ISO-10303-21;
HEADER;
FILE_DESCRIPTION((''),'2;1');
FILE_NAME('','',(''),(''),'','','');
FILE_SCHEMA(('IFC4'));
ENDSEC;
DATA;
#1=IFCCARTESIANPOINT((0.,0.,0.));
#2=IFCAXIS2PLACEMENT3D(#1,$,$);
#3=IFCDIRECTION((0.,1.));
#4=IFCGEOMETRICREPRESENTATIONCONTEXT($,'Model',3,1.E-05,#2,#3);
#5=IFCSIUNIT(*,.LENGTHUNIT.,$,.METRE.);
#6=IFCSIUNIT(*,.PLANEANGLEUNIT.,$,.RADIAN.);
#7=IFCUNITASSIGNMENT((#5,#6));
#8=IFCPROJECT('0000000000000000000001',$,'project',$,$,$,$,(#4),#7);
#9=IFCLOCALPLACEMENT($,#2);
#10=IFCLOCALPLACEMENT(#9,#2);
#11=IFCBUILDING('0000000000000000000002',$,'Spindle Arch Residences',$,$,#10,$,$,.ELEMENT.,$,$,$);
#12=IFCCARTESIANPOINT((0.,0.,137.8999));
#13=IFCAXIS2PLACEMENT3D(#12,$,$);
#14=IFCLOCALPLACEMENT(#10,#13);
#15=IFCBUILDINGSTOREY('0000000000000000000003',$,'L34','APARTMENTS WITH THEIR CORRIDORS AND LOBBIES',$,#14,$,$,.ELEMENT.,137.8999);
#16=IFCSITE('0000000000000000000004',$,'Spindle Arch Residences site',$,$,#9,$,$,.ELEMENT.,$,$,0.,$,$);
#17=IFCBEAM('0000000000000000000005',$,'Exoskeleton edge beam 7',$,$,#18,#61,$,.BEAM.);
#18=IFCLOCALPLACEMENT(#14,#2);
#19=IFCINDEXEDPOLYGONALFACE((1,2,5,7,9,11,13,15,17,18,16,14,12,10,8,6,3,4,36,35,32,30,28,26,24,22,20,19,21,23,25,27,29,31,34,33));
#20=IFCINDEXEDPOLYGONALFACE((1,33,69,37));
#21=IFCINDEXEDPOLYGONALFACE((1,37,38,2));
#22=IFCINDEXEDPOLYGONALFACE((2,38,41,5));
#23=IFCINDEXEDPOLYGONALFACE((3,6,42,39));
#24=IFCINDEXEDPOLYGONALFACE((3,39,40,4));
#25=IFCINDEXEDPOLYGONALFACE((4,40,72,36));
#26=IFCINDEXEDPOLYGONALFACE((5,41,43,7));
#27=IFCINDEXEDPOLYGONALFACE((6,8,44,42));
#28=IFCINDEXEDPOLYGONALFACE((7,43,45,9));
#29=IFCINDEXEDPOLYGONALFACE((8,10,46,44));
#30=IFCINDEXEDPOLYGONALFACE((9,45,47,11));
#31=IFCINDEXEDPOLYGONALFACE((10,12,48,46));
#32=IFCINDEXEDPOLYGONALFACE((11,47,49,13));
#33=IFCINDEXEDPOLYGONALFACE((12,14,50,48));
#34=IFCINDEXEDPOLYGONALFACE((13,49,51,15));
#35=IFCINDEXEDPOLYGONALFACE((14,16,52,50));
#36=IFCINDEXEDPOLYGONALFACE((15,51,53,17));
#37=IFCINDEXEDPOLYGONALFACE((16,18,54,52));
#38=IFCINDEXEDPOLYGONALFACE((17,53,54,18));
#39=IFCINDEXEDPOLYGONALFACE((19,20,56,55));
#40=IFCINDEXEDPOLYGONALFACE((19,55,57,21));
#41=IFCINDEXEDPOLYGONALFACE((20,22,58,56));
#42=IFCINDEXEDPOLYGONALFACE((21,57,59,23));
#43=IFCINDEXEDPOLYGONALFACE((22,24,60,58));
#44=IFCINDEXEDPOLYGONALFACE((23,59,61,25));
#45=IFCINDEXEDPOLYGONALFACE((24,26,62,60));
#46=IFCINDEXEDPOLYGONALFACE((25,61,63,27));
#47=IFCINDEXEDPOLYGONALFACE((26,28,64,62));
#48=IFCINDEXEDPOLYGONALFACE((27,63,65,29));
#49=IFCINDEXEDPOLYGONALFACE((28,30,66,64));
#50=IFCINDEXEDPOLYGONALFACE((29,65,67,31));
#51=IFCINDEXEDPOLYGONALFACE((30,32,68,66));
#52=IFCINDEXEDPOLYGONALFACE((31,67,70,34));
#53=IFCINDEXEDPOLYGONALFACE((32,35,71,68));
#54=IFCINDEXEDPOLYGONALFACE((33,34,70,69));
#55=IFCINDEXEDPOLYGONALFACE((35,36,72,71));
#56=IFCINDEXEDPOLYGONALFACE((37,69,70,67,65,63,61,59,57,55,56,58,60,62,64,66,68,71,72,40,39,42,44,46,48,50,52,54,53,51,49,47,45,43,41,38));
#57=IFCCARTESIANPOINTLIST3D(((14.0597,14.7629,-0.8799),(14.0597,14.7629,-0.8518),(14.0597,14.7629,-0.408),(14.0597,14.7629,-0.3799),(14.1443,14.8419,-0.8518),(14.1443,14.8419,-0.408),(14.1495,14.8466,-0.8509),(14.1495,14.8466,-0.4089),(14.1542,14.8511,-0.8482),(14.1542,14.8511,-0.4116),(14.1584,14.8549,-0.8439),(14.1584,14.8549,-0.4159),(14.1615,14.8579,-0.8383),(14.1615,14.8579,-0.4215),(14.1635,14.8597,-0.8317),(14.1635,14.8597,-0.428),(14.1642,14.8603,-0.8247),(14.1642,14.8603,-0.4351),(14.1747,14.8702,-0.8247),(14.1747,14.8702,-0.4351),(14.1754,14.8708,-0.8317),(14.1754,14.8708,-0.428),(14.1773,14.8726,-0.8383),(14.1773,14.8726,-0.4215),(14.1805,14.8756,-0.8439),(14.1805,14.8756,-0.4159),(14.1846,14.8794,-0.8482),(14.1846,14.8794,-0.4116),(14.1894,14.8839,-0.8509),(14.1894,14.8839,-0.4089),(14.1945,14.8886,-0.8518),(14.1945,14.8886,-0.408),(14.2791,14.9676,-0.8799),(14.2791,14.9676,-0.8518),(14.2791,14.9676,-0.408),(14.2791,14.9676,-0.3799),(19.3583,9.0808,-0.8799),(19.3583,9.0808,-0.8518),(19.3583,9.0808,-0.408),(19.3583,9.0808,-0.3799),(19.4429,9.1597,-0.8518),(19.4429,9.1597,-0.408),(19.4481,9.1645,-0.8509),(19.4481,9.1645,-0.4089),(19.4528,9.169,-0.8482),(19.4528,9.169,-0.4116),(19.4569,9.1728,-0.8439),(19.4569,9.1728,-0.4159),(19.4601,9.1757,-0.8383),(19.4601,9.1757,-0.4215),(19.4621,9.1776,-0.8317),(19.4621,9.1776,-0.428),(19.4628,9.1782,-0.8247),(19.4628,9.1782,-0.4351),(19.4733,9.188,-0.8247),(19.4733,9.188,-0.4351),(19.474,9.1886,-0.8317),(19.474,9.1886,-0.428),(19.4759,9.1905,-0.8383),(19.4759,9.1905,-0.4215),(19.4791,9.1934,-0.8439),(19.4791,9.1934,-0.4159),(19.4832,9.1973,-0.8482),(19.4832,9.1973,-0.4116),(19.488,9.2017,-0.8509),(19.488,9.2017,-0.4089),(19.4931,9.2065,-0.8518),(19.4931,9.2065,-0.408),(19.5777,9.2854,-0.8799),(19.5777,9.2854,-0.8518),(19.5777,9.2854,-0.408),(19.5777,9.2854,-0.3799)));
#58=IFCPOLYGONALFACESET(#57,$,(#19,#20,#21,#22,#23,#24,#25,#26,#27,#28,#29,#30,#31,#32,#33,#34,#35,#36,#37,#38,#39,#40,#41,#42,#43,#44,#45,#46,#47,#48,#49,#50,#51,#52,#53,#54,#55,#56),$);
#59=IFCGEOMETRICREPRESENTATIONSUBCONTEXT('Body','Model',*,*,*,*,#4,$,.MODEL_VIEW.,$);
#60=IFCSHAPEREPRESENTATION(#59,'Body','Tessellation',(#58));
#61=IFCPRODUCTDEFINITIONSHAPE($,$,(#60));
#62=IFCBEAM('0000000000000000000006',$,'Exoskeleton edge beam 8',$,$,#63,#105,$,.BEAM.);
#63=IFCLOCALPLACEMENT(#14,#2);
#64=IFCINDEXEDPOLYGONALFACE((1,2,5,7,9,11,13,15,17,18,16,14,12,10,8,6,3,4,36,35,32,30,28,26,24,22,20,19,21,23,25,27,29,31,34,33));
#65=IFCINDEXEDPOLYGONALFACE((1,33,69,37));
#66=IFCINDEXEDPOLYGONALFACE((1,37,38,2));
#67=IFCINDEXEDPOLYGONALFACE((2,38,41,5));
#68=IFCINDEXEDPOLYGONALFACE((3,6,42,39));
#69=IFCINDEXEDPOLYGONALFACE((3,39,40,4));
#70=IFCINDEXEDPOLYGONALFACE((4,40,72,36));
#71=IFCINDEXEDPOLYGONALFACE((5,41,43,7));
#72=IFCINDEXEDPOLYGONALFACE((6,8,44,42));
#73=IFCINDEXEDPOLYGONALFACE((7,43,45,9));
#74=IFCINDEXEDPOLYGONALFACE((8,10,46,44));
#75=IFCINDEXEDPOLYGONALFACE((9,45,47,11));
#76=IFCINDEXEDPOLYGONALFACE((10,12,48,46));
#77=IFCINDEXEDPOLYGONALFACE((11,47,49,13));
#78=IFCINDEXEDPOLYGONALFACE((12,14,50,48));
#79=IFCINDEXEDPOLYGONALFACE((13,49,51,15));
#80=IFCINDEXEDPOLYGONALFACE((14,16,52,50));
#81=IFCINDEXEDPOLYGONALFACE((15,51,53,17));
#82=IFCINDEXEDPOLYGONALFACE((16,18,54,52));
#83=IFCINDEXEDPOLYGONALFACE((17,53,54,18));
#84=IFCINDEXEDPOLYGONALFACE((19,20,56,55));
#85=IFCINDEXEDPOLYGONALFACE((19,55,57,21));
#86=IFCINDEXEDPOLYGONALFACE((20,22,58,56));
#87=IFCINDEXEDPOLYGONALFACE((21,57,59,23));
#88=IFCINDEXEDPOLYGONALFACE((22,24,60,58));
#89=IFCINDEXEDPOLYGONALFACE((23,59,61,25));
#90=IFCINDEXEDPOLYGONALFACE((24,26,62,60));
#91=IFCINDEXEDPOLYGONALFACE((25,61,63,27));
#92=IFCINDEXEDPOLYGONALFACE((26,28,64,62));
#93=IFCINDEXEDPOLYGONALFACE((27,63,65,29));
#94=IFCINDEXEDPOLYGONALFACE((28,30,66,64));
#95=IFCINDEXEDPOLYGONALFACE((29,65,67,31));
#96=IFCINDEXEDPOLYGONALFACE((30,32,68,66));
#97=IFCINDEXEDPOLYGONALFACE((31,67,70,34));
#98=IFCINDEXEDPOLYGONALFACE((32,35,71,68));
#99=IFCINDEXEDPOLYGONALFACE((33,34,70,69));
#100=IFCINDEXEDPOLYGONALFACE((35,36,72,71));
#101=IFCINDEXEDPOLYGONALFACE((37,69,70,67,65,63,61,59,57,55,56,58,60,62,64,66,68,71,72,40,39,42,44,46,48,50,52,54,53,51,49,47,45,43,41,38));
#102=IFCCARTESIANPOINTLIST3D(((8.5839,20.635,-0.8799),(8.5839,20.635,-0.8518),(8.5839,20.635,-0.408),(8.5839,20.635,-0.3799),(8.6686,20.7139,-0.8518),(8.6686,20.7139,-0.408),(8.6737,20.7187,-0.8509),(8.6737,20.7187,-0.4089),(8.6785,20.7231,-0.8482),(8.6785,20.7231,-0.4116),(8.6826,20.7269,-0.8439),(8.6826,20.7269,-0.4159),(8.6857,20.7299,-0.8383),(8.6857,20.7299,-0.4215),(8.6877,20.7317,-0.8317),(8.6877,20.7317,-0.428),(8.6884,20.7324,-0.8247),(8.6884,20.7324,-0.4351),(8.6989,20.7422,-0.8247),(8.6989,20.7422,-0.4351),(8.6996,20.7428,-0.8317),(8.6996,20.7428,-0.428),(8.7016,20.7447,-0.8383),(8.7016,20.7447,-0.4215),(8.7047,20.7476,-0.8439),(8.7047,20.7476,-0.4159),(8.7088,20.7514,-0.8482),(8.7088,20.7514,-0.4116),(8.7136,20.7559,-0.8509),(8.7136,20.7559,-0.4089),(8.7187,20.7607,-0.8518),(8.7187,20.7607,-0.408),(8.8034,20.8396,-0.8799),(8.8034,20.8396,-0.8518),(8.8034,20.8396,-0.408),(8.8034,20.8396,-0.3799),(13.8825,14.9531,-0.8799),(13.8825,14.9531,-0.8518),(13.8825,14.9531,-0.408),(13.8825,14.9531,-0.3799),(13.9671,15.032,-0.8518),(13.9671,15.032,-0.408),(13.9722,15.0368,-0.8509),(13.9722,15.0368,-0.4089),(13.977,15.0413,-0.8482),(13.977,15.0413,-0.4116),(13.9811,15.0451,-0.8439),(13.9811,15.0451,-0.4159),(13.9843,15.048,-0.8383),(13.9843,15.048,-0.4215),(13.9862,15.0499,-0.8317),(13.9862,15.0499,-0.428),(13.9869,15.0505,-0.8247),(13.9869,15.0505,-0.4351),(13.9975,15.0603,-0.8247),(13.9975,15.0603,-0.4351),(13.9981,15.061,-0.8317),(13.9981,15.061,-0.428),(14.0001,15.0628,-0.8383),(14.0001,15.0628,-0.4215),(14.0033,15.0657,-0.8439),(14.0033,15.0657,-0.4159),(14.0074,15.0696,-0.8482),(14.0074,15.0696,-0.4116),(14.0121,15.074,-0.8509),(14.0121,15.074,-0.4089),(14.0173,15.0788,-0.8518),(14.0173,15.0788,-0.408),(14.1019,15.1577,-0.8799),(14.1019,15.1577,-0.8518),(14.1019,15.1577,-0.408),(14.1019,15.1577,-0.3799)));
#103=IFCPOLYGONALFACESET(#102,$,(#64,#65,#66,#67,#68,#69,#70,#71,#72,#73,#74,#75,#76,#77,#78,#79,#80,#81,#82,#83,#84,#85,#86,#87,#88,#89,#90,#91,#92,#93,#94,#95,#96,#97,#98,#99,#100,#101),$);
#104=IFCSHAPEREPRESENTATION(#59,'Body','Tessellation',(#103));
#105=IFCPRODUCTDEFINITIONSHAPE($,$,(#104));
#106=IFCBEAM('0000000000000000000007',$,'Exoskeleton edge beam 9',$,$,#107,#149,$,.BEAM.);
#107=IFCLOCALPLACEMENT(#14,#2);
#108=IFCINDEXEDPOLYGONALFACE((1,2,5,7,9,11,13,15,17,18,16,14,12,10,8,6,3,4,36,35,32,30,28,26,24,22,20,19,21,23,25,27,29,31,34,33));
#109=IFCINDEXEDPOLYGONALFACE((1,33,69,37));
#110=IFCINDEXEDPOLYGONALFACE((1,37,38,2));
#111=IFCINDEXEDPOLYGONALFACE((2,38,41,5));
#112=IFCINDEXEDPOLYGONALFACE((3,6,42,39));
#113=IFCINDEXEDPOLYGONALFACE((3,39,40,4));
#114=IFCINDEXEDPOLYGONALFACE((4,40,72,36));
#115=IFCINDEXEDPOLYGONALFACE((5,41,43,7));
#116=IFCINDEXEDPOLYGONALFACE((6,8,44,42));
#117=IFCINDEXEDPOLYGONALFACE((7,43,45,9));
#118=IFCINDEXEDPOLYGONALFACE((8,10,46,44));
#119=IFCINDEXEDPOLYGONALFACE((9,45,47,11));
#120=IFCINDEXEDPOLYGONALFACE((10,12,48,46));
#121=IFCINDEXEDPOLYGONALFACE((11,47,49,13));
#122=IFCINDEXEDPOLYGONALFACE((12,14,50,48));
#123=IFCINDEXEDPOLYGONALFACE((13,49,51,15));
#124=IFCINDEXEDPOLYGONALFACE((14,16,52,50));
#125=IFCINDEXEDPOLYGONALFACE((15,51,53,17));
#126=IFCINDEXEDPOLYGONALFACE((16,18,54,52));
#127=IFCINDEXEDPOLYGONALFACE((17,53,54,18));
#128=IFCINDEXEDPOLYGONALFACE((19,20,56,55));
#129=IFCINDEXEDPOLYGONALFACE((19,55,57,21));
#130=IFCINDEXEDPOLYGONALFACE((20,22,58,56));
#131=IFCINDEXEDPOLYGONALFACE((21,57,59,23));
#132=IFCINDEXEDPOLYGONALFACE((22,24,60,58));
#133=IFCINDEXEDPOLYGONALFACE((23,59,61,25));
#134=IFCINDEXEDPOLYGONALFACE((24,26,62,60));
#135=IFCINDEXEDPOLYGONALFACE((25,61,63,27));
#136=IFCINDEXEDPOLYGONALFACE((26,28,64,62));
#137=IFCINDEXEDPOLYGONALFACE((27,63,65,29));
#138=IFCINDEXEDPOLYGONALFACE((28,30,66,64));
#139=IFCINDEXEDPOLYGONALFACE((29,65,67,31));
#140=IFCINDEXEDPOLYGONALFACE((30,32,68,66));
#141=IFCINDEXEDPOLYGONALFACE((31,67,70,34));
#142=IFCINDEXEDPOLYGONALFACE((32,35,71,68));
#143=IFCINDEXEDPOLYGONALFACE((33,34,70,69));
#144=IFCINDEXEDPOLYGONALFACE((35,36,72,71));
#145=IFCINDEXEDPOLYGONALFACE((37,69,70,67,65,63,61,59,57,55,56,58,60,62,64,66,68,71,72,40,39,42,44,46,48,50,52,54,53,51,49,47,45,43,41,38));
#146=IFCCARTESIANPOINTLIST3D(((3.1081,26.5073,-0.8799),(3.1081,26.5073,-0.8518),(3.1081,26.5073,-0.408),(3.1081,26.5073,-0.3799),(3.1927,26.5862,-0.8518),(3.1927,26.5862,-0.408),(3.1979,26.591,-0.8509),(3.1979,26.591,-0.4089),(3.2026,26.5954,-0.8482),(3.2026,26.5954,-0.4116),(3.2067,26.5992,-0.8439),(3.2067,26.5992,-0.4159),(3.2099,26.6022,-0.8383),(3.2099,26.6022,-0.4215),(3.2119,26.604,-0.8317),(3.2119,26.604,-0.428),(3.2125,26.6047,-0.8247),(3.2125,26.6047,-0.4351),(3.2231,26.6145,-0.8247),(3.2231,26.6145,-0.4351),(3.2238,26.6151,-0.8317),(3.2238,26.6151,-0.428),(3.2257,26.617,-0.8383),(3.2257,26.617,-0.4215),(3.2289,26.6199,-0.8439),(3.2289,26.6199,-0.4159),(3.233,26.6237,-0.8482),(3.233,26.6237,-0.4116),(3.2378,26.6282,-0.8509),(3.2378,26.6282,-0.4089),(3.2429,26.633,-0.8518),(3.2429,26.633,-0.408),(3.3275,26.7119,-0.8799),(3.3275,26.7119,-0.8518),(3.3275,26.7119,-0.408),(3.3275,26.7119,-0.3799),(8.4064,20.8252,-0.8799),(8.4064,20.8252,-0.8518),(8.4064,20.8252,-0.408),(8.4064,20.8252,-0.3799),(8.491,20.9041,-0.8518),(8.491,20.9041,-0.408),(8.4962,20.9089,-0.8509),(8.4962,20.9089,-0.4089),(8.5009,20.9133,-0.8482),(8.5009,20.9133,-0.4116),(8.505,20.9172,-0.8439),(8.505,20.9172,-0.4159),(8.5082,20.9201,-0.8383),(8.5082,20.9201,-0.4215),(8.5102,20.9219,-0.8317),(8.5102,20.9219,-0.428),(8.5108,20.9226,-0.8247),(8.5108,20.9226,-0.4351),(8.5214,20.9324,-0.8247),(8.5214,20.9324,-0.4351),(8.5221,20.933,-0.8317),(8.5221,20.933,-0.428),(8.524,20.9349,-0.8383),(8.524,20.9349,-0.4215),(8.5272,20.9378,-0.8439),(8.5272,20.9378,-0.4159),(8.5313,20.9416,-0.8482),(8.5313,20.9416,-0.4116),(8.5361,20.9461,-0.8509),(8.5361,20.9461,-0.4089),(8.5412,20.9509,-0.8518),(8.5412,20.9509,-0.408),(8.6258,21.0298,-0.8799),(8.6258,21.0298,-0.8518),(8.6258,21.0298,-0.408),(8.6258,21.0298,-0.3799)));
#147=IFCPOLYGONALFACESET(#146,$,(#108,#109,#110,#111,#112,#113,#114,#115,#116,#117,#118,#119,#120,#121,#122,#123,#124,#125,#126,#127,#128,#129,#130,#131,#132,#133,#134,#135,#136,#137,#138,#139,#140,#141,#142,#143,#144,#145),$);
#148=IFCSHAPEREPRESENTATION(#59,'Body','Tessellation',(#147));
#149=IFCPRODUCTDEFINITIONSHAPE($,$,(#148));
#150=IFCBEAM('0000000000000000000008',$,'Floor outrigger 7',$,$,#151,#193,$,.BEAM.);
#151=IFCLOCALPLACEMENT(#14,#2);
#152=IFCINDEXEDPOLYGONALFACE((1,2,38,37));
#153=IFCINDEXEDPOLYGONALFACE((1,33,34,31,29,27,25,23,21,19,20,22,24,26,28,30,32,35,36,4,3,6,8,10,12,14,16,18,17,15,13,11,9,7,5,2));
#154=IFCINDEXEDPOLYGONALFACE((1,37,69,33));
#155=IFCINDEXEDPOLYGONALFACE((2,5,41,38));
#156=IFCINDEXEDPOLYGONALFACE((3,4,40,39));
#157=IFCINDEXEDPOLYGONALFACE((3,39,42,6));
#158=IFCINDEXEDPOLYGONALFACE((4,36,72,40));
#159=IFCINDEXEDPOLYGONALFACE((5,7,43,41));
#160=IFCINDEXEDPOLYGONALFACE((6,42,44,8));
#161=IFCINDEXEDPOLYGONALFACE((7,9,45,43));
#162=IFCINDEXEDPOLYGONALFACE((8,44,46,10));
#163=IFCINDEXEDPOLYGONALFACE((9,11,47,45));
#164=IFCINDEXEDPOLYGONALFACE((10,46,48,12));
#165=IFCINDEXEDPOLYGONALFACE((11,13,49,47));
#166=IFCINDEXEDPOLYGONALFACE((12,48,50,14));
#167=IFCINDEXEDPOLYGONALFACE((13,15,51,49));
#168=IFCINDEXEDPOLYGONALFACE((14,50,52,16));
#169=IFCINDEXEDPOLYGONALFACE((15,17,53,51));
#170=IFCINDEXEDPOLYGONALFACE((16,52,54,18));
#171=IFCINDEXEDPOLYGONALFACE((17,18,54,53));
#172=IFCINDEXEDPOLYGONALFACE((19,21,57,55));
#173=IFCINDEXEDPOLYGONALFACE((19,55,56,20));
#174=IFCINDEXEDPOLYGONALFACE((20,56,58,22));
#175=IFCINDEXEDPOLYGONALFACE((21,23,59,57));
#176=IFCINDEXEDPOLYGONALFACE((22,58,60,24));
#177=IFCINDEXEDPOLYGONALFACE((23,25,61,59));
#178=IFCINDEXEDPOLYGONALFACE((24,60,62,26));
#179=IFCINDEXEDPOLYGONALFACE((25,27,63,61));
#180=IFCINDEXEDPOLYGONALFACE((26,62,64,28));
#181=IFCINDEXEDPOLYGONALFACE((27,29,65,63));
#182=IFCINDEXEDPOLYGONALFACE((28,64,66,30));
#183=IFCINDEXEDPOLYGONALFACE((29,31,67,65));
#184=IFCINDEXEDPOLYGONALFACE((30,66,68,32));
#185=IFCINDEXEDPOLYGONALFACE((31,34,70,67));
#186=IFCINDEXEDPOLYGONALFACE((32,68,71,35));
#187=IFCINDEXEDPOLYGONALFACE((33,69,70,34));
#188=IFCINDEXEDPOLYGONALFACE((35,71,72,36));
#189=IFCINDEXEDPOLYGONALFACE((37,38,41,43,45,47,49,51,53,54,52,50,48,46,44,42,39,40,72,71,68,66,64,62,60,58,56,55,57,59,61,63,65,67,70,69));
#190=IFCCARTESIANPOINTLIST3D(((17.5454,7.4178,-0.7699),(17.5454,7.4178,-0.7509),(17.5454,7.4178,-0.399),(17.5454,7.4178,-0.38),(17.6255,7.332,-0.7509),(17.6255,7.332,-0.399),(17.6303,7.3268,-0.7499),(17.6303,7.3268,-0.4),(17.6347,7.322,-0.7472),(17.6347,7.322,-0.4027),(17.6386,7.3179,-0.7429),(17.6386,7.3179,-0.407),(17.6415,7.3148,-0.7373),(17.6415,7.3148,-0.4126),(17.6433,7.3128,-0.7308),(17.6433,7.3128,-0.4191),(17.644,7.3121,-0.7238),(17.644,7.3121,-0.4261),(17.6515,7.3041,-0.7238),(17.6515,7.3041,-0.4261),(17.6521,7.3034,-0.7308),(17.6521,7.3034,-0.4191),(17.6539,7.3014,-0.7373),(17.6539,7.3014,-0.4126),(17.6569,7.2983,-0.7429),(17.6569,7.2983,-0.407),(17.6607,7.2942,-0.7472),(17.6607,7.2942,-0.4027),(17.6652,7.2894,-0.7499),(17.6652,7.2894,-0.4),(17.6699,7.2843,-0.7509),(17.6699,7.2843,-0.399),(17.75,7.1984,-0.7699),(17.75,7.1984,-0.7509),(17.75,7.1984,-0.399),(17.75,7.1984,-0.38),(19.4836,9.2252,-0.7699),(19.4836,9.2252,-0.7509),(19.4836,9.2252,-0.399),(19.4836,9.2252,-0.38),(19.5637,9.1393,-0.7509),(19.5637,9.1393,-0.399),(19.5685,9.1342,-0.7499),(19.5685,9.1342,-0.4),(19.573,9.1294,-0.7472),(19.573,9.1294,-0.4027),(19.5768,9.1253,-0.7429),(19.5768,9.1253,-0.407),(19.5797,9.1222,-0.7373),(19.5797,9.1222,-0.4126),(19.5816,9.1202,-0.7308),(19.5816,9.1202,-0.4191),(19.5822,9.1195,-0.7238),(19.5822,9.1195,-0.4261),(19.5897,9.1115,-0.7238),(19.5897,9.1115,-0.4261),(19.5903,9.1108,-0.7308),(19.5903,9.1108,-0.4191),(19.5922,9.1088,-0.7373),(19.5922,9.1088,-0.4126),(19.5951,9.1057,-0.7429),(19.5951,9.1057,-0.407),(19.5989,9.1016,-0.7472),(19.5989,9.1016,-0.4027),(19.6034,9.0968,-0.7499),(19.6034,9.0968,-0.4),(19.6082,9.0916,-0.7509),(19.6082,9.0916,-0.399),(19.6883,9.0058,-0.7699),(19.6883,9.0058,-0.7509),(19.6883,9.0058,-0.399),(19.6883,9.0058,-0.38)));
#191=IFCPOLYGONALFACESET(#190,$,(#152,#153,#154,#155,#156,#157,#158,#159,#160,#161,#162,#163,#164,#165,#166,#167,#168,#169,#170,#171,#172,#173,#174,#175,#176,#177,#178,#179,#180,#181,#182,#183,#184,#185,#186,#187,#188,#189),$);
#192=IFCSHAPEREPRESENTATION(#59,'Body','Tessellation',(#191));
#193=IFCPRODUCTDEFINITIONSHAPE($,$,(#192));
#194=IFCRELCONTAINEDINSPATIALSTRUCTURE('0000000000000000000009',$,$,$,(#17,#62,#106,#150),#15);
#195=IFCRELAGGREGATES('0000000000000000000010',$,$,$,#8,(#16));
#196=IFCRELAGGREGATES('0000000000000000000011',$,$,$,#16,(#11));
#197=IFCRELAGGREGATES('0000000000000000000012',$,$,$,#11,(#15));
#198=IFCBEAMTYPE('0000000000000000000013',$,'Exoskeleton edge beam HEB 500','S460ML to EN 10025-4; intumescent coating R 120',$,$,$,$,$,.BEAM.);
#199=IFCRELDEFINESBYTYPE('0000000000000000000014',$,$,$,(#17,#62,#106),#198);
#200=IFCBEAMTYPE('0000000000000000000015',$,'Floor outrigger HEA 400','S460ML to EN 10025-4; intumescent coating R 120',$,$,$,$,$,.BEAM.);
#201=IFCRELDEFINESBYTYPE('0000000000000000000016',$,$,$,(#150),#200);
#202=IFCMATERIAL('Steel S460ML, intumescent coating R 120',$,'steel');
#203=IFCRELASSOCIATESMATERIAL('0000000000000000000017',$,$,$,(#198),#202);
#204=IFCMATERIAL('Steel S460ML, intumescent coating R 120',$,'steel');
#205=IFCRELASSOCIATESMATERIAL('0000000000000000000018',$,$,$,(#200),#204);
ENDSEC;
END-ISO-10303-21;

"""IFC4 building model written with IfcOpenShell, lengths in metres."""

from ifc_helpers import new_model, si_unit, direction, frame, origin, origin_2d, place, context, subcontext, project, spatial, i_section, extrude, material, material_profile, profile_set, type_object, element, save


model = new_model("IFC4")

# Units and contexts
model_context = context("Model", 3, precision=1e-05, world=origin(), true_north=direction((0.0, 1.0)))
body_context = subcontext(model_context, "Body", "Model", "MODEL_VIEW")
ifc_project = project(units=[si_unit("LENGTHUNIT", "METRE"), si_unit("PLANEANGLEUNIT", "RADIAN")], contexts=[model_context])

# Site, building, storey
site_placement = place(None, origin())
site = spatial("IfcSite", under=ifc_project, at=site_placement, Name="Spindle Arch Residences site", CompositionType="ELEMENT", RefElevation=0.0)
building_placement = place(site_placement, origin())
building = spatial("IfcBuilding", under=site, at=building_placement, Name="Spindle Arch Residences", CompositionType="ELEMENT")
storey_placement = place(building_placement, frame((0.0, 0.0, 137.8999)))
storey = spatial("IfcBuildingStorey", under=building, at=storey_placement, Name="L34", Description="APARTMENTS WITH THEIR CORRIDORS AND LOBBIES", CompositionType="ELEMENT", Elevation=137.8999)

# Beams
ifc_material_1 = material(Name="Steel S460ML, intumescent coating R 120", Category="steel")
ifc_material_profile_1 = material_profile(ifc_material_1, i_section(OverallWidth=0.3, OverallDepth=0.5, WebThickness=0.0144, FlangeThickness=0.0281, FilletRadius=0.0271, at=origin_2d()), Name="HEB 500")
ifc_profile_set_1 = profile_set([ifc_material_profile_1], Name="Steel S460ML, intumescent coating R 120")
beam_type_1 = type_object("IfcBeamType", Name="Exoskeleton edge beam HEB 500", Description="S460ML to EN 10025-4; intumescent coating R 120", PredefinedType="BEAM", material=ifc_profile_set_1)
beam_1_placement = place(storey_placement, frame((19.468, 9.1831, -0.6299), z_axis=(-0.681992, 0.731359, 0.0), x_axis=(-0.731359, -0.681992, 0.0)))
element("IfcBeam", 1, at=beam_1_placement, inside=storey, type_object=beam_type_1, Name="Exoskeleton edge beam 7", PredefinedType="BEAM", context=body_context, shape_type="SweptSolid", body=[
    extrude(i_section(OverallWidth=0.3, OverallDepth=0.5, WebThickness=0.0144, FlangeThickness=0.0281, FilletRadius=0.0271, at=origin_2d()), origin(), (0.0, 0.0, 1.0), 7.7693),
])
for number, where, z_axis, x_axis, name in (
    (2, (13.9922, 15.0554, -0.6299), (-0.682008, 0.731345, 0.0), (-0.731345, -0.682008, 0.0), "Exoskeleton edge beam 8"),
    (3, (8.5161, 20.9275, -0.6299), (-0.681976, 0.731375, 0.0), (-0.731375, -0.681976, 0.0), "Exoskeleton edge beam 9"),
):
    element("IfcBeam", number, at=place(storey_placement, frame(where, z_axis=z_axis, x_axis=x_axis)), inside=storey, type_object=beam_type_1, Name=name, PredefinedType="BEAM", context=body_context, shape_type="SweptSolid", body=[
        extrude(i_section(OverallWidth=0.3, OverallDepth=0.5, WebThickness=0.0144, FlangeThickness=0.0281, FilletRadius=0.0271, at=origin_2d()), origin(), (0.0, 0.0, 1.0), 7.769),
    ])
ifc_material_2 = material(Name="Steel S460ML, intumescent coating R 120", Category="steel")
ifc_material_profile_2 = material_profile(ifc_material_2, i_section(OverallWidth=0.3, OverallDepth=0.3899, WebThickness=0.011, FlangeThickness=0.019, FilletRadius=0.0271, at=origin_2d()), Name="HEA 400")
ifc_profile_set_2 = profile_set([ifc_material_profile_2], Name="Steel S460ML, intumescent coating R 120")
beam_type_2 = type_object("IfcBeamType", Name="Floor outrigger HEA 400", Description="S460ML to EN 10025-4; intumescent coating R 120", PredefinedType="BEAM", material=ifc_profile_set_2)
beam_2_placement = place(storey_placement, frame((19.5859, 9.1155, -0.575), z_axis=(-0.731365, -0.681987, 0.0), x_axis=(0.681987, -0.731365, 0.0)))
element("IfcBeam", 4, at=beam_2_placement, inside=storey, type_object=beam_type_2, Name="Floor outrigger 7", PredefinedType="BEAM", context=body_context, shape_type="SweptSolid", body=[
    extrude(i_section(OverallWidth=0.3, OverallDepth=0.3899, WebThickness=0.011, FlangeThickness=0.019, FilletRadius=0.0271, at=origin_2d()), origin(), (0.0, 0.0, 1.0), 2.6501),
])

save(model, "model.ifc")
